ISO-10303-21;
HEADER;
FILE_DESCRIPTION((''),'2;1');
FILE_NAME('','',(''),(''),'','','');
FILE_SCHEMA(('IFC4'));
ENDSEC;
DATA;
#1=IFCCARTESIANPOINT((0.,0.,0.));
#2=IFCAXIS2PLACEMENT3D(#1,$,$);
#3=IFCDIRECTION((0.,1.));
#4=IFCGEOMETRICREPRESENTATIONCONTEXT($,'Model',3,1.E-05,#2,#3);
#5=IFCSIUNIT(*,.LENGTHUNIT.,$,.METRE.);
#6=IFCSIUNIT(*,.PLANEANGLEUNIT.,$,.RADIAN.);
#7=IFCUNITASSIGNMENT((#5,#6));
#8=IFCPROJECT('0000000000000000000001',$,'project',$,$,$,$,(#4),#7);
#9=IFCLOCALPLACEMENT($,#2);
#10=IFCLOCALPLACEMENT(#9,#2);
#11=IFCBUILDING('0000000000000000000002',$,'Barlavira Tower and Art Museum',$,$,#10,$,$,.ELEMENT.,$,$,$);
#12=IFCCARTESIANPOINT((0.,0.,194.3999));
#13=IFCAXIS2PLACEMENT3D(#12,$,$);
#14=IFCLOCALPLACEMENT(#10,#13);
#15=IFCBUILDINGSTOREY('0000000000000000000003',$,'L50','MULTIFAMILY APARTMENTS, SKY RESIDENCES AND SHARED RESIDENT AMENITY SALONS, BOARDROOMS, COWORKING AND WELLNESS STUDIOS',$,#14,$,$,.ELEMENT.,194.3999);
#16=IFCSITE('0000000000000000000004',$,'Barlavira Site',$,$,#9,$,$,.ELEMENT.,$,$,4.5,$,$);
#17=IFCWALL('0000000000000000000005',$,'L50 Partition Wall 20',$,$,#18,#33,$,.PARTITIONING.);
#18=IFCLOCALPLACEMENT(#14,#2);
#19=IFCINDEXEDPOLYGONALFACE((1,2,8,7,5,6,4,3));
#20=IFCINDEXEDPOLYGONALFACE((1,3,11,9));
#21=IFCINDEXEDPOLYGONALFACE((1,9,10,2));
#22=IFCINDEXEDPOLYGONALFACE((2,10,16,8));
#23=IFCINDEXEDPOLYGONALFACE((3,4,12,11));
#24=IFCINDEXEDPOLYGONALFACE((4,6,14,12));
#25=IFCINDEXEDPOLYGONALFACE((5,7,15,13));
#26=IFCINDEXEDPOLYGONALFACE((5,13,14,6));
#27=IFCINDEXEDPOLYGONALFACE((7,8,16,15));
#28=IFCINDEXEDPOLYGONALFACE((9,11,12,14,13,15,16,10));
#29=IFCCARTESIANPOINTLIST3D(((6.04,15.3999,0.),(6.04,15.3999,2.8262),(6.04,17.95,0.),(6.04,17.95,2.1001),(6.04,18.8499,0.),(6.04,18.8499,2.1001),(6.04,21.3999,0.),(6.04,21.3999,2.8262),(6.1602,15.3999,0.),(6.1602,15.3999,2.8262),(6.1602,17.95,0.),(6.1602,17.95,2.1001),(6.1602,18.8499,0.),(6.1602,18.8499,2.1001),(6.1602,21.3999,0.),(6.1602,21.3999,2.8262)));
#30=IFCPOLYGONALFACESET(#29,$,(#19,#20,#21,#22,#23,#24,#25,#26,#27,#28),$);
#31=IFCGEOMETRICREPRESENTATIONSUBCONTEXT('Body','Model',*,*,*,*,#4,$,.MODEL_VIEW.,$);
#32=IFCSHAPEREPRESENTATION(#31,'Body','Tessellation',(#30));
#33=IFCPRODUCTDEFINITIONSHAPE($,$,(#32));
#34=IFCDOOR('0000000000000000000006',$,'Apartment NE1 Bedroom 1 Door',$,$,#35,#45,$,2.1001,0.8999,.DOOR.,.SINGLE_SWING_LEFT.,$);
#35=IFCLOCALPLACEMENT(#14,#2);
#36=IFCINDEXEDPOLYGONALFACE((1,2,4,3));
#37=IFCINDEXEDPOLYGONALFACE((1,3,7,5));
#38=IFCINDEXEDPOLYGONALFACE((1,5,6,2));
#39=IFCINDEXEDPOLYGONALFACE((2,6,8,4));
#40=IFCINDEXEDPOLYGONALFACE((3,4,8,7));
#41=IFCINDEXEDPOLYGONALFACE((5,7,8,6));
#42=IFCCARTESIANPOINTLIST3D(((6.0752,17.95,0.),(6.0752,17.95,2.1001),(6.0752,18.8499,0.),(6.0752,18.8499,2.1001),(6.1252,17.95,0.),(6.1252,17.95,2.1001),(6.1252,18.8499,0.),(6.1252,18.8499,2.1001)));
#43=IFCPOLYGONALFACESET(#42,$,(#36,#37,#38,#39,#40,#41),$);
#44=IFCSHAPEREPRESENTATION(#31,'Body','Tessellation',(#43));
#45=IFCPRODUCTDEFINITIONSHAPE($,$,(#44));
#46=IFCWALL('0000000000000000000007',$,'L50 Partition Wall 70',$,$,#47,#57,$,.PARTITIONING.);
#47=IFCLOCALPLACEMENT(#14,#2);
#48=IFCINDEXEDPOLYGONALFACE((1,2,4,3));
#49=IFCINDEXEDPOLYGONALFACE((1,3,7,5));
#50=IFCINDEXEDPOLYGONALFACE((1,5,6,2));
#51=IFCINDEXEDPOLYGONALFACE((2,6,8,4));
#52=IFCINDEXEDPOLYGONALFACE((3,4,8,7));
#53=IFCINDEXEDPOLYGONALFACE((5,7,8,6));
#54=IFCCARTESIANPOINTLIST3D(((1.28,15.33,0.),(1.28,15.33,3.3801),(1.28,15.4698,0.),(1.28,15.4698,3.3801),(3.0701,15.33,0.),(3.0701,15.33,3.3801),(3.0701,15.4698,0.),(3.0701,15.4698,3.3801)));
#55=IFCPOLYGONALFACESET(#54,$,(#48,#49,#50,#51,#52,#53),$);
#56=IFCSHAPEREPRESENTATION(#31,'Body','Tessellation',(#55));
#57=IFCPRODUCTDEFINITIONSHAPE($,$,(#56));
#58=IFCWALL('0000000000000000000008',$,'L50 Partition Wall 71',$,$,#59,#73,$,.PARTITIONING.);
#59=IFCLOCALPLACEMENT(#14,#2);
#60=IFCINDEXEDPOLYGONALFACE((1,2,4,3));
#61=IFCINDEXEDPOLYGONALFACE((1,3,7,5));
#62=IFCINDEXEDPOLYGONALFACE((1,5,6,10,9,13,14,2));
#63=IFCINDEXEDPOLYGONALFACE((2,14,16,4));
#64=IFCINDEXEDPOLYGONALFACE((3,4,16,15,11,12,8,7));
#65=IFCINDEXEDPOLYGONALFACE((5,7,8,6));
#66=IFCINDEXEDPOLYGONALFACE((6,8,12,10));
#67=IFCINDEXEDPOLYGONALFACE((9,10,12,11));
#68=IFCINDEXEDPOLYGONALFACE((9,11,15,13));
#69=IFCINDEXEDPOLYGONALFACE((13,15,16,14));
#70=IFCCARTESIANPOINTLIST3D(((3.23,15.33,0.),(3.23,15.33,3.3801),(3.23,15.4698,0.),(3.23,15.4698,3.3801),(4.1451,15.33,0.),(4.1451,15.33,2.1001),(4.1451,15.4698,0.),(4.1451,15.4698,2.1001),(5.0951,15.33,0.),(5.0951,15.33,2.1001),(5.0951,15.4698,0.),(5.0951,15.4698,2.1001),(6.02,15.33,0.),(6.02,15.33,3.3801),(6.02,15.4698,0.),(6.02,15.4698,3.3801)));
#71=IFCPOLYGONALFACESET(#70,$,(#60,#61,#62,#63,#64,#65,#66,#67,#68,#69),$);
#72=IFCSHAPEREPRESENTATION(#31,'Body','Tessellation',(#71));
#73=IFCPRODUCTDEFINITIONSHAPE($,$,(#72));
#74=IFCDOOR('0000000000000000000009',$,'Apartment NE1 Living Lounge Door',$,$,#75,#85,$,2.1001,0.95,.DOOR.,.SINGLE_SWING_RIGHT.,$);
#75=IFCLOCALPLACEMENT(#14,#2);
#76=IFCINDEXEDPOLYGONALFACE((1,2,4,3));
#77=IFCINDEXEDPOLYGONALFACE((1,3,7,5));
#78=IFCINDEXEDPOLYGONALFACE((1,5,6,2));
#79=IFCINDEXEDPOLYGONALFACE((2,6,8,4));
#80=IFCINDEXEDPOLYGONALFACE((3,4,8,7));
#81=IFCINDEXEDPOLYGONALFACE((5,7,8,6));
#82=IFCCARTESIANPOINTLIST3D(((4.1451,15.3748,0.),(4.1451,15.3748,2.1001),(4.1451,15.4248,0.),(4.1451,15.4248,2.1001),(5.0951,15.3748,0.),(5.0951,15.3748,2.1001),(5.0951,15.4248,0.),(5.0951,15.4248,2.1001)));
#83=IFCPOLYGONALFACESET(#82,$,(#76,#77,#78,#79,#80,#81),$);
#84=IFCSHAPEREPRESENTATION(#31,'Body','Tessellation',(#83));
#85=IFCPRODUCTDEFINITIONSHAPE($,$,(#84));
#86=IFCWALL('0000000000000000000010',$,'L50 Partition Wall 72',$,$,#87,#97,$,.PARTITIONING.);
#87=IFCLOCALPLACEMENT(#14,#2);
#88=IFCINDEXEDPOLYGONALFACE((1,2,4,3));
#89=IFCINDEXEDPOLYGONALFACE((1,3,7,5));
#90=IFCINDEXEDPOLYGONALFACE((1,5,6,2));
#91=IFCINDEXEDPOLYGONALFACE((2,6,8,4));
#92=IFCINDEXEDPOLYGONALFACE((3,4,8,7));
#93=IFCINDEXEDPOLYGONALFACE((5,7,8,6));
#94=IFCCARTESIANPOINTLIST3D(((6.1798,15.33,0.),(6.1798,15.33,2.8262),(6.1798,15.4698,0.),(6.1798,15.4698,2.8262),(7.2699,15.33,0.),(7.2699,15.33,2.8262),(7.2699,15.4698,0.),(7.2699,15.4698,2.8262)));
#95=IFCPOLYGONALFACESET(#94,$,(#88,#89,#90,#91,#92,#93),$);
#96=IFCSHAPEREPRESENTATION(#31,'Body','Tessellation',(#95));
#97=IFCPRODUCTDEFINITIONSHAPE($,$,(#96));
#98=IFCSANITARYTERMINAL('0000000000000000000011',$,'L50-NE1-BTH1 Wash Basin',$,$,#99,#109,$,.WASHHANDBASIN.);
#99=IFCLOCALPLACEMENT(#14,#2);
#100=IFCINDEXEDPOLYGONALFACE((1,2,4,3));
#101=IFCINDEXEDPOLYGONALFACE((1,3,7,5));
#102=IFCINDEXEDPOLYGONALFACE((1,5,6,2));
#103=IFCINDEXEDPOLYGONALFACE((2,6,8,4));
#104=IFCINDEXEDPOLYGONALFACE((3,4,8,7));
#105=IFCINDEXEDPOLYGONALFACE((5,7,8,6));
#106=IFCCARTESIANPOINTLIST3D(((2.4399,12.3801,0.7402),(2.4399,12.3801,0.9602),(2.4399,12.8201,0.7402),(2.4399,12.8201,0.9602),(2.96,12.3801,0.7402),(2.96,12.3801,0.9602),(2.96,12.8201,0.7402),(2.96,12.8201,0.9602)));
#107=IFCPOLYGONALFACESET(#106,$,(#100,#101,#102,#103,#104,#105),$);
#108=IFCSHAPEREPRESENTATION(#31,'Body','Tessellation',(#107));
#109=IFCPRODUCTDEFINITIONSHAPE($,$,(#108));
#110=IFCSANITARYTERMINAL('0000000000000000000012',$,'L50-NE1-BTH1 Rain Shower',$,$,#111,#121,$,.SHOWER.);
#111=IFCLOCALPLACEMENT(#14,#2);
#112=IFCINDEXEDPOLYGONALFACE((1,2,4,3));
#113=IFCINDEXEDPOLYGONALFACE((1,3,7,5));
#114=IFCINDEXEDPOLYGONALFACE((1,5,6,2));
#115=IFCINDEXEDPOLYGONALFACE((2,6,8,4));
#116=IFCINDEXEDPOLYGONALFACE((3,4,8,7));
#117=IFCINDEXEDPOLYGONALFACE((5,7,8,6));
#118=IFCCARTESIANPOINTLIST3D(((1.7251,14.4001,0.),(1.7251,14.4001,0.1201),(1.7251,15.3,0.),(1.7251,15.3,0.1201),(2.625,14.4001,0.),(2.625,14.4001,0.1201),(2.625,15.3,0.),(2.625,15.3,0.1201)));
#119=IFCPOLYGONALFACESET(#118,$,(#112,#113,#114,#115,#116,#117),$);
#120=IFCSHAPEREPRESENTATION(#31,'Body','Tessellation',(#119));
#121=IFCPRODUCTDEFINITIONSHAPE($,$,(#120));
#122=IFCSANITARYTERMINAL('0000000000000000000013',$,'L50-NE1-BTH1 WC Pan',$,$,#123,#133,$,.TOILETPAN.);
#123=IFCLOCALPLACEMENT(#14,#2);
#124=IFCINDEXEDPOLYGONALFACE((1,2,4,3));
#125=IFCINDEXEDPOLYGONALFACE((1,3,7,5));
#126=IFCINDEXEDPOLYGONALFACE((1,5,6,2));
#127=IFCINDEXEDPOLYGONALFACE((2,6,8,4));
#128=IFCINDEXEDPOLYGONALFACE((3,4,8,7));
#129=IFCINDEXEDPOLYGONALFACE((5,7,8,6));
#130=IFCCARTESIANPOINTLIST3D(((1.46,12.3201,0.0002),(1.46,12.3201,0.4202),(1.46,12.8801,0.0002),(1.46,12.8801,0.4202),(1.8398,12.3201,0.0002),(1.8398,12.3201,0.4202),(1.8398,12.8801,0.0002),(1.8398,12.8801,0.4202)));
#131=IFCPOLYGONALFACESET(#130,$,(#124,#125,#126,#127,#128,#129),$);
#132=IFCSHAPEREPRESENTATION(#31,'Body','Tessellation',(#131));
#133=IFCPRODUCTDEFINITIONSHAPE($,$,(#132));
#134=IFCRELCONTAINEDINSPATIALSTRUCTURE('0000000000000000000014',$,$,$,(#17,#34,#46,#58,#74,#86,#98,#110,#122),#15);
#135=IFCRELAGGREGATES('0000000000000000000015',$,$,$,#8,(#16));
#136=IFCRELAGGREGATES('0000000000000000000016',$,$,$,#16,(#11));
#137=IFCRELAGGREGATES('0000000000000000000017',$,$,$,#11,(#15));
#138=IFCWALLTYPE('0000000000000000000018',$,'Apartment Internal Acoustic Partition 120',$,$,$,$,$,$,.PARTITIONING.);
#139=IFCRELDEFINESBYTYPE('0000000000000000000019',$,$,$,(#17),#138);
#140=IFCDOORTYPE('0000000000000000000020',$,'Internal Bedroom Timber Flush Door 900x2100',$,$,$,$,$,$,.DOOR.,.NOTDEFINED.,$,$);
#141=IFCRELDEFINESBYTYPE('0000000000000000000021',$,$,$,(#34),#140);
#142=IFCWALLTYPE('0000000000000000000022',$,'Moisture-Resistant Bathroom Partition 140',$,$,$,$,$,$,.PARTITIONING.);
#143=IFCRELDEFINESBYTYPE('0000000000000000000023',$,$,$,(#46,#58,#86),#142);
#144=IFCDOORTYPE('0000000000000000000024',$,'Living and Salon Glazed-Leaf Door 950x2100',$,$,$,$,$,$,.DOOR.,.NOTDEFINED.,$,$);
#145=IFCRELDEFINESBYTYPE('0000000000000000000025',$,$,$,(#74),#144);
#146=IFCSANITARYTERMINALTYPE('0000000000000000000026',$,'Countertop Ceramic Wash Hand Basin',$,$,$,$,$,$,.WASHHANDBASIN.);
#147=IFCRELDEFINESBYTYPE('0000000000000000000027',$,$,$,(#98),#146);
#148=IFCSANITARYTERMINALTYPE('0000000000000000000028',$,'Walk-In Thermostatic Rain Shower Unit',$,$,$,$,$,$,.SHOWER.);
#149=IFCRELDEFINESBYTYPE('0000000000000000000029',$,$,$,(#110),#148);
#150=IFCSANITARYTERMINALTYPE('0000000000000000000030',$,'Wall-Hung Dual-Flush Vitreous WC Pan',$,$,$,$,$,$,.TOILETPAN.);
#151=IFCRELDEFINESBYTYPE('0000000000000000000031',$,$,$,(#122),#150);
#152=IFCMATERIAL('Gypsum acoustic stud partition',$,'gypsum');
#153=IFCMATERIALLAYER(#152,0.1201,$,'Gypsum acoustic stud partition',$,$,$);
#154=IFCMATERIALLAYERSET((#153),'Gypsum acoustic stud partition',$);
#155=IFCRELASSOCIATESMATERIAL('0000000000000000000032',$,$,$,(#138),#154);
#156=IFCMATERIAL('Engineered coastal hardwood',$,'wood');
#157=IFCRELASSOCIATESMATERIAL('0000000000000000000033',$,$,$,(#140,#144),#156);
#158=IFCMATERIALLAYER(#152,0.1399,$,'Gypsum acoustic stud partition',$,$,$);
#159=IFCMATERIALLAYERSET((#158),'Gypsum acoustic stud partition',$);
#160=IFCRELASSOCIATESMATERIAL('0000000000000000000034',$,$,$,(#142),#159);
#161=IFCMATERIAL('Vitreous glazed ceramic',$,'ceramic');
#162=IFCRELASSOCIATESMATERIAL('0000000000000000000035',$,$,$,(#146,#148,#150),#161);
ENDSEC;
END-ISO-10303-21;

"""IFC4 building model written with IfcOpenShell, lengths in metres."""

from ifc_helpers import new_model, si_unit, direction, frame, frame_2d, origin, origin_2d, place, context, subcontext, project, spatial, rectangle, extrude, material, layer, layer_set, type_object, element, fill, save


model = new_model("IFC4")

# Units and contexts
model_context = context("Model", 3, precision=1e-05, world=origin(), true_north=direction((0.0, 1.0)))
body_context = subcontext(model_context, "Body", "Model", "MODEL_VIEW")
ifc_project = project(units=[si_unit("LENGTHUNIT", "METRE"), si_unit("PLANEANGLEUNIT", "RADIAN")], contexts=[model_context])

# Site, building, storey
site_placement = place(None, origin())
site = spatial("IfcSite", under=ifc_project, at=site_placement, Name="Barlavira Site", CompositionType="ELEMENT", RefElevation=4.5)
building_placement = place(site_placement, origin())
building = spatial("IfcBuilding", under=site, at=building_placement, Name="Barlavira Tower and Art Museum", CompositionType="ELEMENT")
storey_placement = place(building_placement, frame((0.0, 0.0, 194.3999)))
storey = spatial("IfcBuildingStorey", under=building, at=storey_placement, Name="L50", Description="MULTIFAMILY APARTMENTS, SKY RESIDENCES AND SHARED RESIDENT AMENITY SALONS, BOARDROOMS, COWORKING AND WELLNESS STUDIOS", CompositionType="ELEMENT", Elevation=194.3999)

# Wall, opening, door
ifc_material_1 = material(Name="Gypsum acoustic stud partition", Category="gypsum")
ifc_layer_1 = layer(ifc_material_1, 0.1201, Name="Gypsum acoustic stud partition")
ifc_layer_set_1 = layer_set([ifc_layer_1], Name="Gypsum acoustic stud partition")
wall_type_1 = type_object("IfcWallType", Name="Apartment Internal Acoustic Partition 120", PredefinedType="PARTITIONING", material=ifc_layer_set_1)
wall_1_placement = place(storey_placement, frame((6.1001, 15.3999, 0.0), z_axis=(0.0, 0.0, 1.0), x_axis=(0.0, 1.0, 0.0)))
wall_1 = element("IfcWall", 1, at=wall_1_placement, inside=storey, type_object=wall_type_1, Name="L50 Partition Wall 20", PredefinedType="PARTITIONING", context=body_context, shape_type="SweptSolid", body=[
    extrude(rectangle(XDim=6.0, YDim=0.1201, at=frame_2d((3.0, 0.0))), origin(), (0.0, 0.0, 1.0), 2.8262),
])
opening_1_placement = place(wall_1_placement, frame((2.55, 0.0, 0.0)))
opening_1 = element("IfcOpeningElement", 2, at=opening_1_placement, cuts=wall_1, PredefinedType="OPENING", context=body_context, shape_type="SweptSolid", body=[
    extrude(rectangle(XDim=0.8999, YDim=2.1001, at=frame_2d((0.45, 1.05))), frame((0.0, 0.0701, 0.0), z_axis=(0.0, -1.0, 0.0), x_axis=(1.0, 0.0, 0.0)), (0.0, 0.0, 1.0), 0.1401),
])
ifc_material_2 = material(Name="Engineered coastal hardwood", Category="wood")
door_type_1 = type_object("IfcDoorType", Name="Internal Bedroom Timber Flush Door 900x2100", OperationType="NOTDEFINED", PredefinedType="DOOR", material=ifc_material_2)
door_1_placement = place(opening_1_placement, origin())
door_1 = element("IfcDoor", 3, at=door_1_placement, inside=storey, type_object=door_type_1, Name="Apartment NE1 Bedroom 1 Door", OperationType="SINGLE_SWING_LEFT", OverallHeight=2.1001, OverallWidth=0.8999, PredefinedType="DOOR", context=body_context, shape_type="SweptSolid", body=[
    extrude(rectangle(XDim=0.8999, YDim=2.1001, at=frame_2d((0.45, 1.05))), frame((0.0, 0.0249, 0.0), z_axis=(0.0, -1.0, 0.0), x_axis=(1.0, 0.0, 0.0)), (0.0, 0.0, 1.0), 0.05),
])
fill(opening_1, door_1)

# Wall
ifc_layer_2 = layer(ifc_material_1, 0.1399, Name="Gypsum acoustic stud partition")
ifc_layer_set_2 = layer_set([ifc_layer_2], Name="Gypsum acoustic stud partition")
wall_type_2 = type_object("IfcWallType", Name="Moisture-Resistant Bathroom Partition 140", PredefinedType="PARTITIONING", material=ifc_layer_set_2)
wall_2_placement = place(storey_placement, frame((1.28, 15.3999, 0.0), z_axis=(0.0, 0.0, 1.0), x_axis=(1.0, 0.0, 0.0)))
element("IfcWall", 4, at=wall_2_placement, inside=storey, type_object=wall_type_2, Name="L50 Partition Wall 70", PredefinedType="PARTITIONING", context=body_context, shape_type="SweptSolid", body=[
    extrude(rectangle(XDim=1.79, YDim=0.1399, at=frame_2d((0.895, 0.0))), origin(), (0.0, 0.0, 1.0), 3.3801),
])

# Wall, opening, door
wall_3_placement = place(storey_placement, frame((3.23, 15.3999, 0.0), z_axis=(0.0, 0.0, 1.0), x_axis=(1.0, 0.0, 0.0)))
wall_3 = element("IfcWall", 5, at=wall_3_placement, inside=storey, type_object=wall_type_2, Name="L50 Partition Wall 71", PredefinedType="PARTITIONING", context=body_context, shape_type="SweptSolid", body=[
    extrude(rectangle(XDim=2.79, YDim=0.1399, at=frame_2d((1.395, 0.0))), origin(), (0.0, 0.0, 1.0), 3.3801),
])
opening_2_placement = place(wall_3_placement, frame((0.915, 0.0, 0.0)))
opening_2 = element("IfcOpeningElement", 6, at=opening_2_placement, cuts=wall_3, PredefinedType="OPENING", context=body_context, shape_type="SweptSolid", body=[
    extrude(rectangle(XDim=0.95, YDim=2.1001, at=frame_2d((0.4751, 1.05))), frame((0.0, 0.0801, 0.0), z_axis=(0.0, -1.0, 0.0), x_axis=(1.0, 0.0, 0.0)), (0.0, 0.0, 1.0), 0.1599),
])
door_type_2 = type_object("IfcDoorType", Name="Living and Salon Glazed-Leaf Door 950x2100", OperationType="NOTDEFINED", PredefinedType="DOOR", material=ifc_material_2)
door_2_placement = place(opening_2_placement, origin())
door_2 = element("IfcDoor", 7, at=door_2_placement, inside=storey, type_object=door_type_2, Name="Apartment NE1 Living Lounge Door", OperationType="SINGLE_SWING_RIGHT", OverallHeight=2.1001, OverallWidth=0.95, PredefinedType="DOOR", context=body_context, shape_type="SweptSolid", body=[
    extrude(rectangle(XDim=0.95, YDim=2.1001, at=frame_2d((0.4751, 1.05))), frame((0.0, 0.0249, 0.0), z_axis=(0.0, -1.0, 0.0), x_axis=(1.0, 0.0, 0.0)), (0.0, 0.0, 1.0), 0.05),
])
fill(opening_2, door_2)

# Wall
wall_4_placement = place(storey_placement, frame((6.1799, 15.3999, 0.0), z_axis=(0.0, 0.0, 1.0), x_axis=(1.0, 0.0, 0.0)))
element("IfcWall", 8, at=wall_4_placement, inside=storey, type_object=wall_type_2, Name="L50 Partition Wall 72", PredefinedType="PARTITIONING", context=body_context, shape_type="SweptSolid", body=[
    extrude(rectangle(XDim=1.0901, YDim=0.1399, at=frame_2d((0.5449, 0.0))), origin(), (0.0, 0.0, 1.0), 2.8262),
])

# Sanitary terminals
ifc_material_3 = material(Name="Vitreous glazed ceramic", Category="ceramic")
sanitary_terminal_type_1 = type_object("IfcSanitaryTerminalType", Name="Countertop Ceramic Wash Hand Basin", PredefinedType="WASHHANDBASIN", material=ifc_material_3)
sanitary_terminal_1_placement = place(storey_placement, frame((2.7, 12.6001, 0.7402), z_axis=(0.0, 0.0, 1.0), x_axis=(1.0, 0.0, 0.0)))
element("IfcSanitaryTerminal", 9, at=sanitary_terminal_1_placement, inside=storey, type_object=sanitary_terminal_type_1, Name="L50-NE1-BTH1 Wash Basin", PredefinedType="WASHHANDBASIN", context=body_context, shape_type="SweptSolid", body=[
    extrude(rectangle(XDim=0.52, YDim=0.4399, at=origin_2d()), origin(), (0.0, 0.0, 1.0), 0.22),
])
sanitary_terminal_type_2 = type_object("IfcSanitaryTerminalType", Name="Walk-In Thermostatic Rain Shower Unit", PredefinedType="SHOWER", material=ifc_material_3)
sanitary_terminal_2_placement = place(storey_placement, frame((2.175, 14.8501, 0.0), z_axis=(0.0, 0.0, 1.0), x_axis=(1.0, 0.0, 0.0)))
element("IfcSanitaryTerminal", 10, at=sanitary_terminal_2_placement, inside=storey, type_object=sanitary_terminal_type_2, Name="L50-NE1-BTH1 Rain Shower", PredefinedType="SHOWER", context=body_context, shape_type="SweptSolid", body=[
    extrude(rectangle(XDim=0.8999, YDim=0.8999, at=origin_2d()), origin(), (0.0, 0.0, 1.0), 0.1201),
])
sanitary_terminal_type_3 = type_object("IfcSanitaryTerminalType", Name="Wall-Hung Dual-Flush Vitreous WC Pan", PredefinedType="TOILETPAN", material=ifc_material_3)
sanitary_terminal_3_placement = place(storey_placement, frame((1.6499, 12.6001, 0.0002), z_axis=(0.0, 0.0, 1.0), x_axis=(1.0, 0.0, 0.0)))
element("IfcSanitaryTerminal", 11, at=sanitary_terminal_3_placement, inside=storey, type_object=sanitary_terminal_type_3, Name="L50-NE1-BTH1 WC Pan", PredefinedType="TOILETPAN", context=body_context, shape_type="SweptSolid", body=[
    extrude(rectangle(XDim=0.3799, YDim=0.5601, at=origin_2d()), origin(), (0.0, 0.0, 1.0), 0.4199),
])

save(model, "model.ifc")
